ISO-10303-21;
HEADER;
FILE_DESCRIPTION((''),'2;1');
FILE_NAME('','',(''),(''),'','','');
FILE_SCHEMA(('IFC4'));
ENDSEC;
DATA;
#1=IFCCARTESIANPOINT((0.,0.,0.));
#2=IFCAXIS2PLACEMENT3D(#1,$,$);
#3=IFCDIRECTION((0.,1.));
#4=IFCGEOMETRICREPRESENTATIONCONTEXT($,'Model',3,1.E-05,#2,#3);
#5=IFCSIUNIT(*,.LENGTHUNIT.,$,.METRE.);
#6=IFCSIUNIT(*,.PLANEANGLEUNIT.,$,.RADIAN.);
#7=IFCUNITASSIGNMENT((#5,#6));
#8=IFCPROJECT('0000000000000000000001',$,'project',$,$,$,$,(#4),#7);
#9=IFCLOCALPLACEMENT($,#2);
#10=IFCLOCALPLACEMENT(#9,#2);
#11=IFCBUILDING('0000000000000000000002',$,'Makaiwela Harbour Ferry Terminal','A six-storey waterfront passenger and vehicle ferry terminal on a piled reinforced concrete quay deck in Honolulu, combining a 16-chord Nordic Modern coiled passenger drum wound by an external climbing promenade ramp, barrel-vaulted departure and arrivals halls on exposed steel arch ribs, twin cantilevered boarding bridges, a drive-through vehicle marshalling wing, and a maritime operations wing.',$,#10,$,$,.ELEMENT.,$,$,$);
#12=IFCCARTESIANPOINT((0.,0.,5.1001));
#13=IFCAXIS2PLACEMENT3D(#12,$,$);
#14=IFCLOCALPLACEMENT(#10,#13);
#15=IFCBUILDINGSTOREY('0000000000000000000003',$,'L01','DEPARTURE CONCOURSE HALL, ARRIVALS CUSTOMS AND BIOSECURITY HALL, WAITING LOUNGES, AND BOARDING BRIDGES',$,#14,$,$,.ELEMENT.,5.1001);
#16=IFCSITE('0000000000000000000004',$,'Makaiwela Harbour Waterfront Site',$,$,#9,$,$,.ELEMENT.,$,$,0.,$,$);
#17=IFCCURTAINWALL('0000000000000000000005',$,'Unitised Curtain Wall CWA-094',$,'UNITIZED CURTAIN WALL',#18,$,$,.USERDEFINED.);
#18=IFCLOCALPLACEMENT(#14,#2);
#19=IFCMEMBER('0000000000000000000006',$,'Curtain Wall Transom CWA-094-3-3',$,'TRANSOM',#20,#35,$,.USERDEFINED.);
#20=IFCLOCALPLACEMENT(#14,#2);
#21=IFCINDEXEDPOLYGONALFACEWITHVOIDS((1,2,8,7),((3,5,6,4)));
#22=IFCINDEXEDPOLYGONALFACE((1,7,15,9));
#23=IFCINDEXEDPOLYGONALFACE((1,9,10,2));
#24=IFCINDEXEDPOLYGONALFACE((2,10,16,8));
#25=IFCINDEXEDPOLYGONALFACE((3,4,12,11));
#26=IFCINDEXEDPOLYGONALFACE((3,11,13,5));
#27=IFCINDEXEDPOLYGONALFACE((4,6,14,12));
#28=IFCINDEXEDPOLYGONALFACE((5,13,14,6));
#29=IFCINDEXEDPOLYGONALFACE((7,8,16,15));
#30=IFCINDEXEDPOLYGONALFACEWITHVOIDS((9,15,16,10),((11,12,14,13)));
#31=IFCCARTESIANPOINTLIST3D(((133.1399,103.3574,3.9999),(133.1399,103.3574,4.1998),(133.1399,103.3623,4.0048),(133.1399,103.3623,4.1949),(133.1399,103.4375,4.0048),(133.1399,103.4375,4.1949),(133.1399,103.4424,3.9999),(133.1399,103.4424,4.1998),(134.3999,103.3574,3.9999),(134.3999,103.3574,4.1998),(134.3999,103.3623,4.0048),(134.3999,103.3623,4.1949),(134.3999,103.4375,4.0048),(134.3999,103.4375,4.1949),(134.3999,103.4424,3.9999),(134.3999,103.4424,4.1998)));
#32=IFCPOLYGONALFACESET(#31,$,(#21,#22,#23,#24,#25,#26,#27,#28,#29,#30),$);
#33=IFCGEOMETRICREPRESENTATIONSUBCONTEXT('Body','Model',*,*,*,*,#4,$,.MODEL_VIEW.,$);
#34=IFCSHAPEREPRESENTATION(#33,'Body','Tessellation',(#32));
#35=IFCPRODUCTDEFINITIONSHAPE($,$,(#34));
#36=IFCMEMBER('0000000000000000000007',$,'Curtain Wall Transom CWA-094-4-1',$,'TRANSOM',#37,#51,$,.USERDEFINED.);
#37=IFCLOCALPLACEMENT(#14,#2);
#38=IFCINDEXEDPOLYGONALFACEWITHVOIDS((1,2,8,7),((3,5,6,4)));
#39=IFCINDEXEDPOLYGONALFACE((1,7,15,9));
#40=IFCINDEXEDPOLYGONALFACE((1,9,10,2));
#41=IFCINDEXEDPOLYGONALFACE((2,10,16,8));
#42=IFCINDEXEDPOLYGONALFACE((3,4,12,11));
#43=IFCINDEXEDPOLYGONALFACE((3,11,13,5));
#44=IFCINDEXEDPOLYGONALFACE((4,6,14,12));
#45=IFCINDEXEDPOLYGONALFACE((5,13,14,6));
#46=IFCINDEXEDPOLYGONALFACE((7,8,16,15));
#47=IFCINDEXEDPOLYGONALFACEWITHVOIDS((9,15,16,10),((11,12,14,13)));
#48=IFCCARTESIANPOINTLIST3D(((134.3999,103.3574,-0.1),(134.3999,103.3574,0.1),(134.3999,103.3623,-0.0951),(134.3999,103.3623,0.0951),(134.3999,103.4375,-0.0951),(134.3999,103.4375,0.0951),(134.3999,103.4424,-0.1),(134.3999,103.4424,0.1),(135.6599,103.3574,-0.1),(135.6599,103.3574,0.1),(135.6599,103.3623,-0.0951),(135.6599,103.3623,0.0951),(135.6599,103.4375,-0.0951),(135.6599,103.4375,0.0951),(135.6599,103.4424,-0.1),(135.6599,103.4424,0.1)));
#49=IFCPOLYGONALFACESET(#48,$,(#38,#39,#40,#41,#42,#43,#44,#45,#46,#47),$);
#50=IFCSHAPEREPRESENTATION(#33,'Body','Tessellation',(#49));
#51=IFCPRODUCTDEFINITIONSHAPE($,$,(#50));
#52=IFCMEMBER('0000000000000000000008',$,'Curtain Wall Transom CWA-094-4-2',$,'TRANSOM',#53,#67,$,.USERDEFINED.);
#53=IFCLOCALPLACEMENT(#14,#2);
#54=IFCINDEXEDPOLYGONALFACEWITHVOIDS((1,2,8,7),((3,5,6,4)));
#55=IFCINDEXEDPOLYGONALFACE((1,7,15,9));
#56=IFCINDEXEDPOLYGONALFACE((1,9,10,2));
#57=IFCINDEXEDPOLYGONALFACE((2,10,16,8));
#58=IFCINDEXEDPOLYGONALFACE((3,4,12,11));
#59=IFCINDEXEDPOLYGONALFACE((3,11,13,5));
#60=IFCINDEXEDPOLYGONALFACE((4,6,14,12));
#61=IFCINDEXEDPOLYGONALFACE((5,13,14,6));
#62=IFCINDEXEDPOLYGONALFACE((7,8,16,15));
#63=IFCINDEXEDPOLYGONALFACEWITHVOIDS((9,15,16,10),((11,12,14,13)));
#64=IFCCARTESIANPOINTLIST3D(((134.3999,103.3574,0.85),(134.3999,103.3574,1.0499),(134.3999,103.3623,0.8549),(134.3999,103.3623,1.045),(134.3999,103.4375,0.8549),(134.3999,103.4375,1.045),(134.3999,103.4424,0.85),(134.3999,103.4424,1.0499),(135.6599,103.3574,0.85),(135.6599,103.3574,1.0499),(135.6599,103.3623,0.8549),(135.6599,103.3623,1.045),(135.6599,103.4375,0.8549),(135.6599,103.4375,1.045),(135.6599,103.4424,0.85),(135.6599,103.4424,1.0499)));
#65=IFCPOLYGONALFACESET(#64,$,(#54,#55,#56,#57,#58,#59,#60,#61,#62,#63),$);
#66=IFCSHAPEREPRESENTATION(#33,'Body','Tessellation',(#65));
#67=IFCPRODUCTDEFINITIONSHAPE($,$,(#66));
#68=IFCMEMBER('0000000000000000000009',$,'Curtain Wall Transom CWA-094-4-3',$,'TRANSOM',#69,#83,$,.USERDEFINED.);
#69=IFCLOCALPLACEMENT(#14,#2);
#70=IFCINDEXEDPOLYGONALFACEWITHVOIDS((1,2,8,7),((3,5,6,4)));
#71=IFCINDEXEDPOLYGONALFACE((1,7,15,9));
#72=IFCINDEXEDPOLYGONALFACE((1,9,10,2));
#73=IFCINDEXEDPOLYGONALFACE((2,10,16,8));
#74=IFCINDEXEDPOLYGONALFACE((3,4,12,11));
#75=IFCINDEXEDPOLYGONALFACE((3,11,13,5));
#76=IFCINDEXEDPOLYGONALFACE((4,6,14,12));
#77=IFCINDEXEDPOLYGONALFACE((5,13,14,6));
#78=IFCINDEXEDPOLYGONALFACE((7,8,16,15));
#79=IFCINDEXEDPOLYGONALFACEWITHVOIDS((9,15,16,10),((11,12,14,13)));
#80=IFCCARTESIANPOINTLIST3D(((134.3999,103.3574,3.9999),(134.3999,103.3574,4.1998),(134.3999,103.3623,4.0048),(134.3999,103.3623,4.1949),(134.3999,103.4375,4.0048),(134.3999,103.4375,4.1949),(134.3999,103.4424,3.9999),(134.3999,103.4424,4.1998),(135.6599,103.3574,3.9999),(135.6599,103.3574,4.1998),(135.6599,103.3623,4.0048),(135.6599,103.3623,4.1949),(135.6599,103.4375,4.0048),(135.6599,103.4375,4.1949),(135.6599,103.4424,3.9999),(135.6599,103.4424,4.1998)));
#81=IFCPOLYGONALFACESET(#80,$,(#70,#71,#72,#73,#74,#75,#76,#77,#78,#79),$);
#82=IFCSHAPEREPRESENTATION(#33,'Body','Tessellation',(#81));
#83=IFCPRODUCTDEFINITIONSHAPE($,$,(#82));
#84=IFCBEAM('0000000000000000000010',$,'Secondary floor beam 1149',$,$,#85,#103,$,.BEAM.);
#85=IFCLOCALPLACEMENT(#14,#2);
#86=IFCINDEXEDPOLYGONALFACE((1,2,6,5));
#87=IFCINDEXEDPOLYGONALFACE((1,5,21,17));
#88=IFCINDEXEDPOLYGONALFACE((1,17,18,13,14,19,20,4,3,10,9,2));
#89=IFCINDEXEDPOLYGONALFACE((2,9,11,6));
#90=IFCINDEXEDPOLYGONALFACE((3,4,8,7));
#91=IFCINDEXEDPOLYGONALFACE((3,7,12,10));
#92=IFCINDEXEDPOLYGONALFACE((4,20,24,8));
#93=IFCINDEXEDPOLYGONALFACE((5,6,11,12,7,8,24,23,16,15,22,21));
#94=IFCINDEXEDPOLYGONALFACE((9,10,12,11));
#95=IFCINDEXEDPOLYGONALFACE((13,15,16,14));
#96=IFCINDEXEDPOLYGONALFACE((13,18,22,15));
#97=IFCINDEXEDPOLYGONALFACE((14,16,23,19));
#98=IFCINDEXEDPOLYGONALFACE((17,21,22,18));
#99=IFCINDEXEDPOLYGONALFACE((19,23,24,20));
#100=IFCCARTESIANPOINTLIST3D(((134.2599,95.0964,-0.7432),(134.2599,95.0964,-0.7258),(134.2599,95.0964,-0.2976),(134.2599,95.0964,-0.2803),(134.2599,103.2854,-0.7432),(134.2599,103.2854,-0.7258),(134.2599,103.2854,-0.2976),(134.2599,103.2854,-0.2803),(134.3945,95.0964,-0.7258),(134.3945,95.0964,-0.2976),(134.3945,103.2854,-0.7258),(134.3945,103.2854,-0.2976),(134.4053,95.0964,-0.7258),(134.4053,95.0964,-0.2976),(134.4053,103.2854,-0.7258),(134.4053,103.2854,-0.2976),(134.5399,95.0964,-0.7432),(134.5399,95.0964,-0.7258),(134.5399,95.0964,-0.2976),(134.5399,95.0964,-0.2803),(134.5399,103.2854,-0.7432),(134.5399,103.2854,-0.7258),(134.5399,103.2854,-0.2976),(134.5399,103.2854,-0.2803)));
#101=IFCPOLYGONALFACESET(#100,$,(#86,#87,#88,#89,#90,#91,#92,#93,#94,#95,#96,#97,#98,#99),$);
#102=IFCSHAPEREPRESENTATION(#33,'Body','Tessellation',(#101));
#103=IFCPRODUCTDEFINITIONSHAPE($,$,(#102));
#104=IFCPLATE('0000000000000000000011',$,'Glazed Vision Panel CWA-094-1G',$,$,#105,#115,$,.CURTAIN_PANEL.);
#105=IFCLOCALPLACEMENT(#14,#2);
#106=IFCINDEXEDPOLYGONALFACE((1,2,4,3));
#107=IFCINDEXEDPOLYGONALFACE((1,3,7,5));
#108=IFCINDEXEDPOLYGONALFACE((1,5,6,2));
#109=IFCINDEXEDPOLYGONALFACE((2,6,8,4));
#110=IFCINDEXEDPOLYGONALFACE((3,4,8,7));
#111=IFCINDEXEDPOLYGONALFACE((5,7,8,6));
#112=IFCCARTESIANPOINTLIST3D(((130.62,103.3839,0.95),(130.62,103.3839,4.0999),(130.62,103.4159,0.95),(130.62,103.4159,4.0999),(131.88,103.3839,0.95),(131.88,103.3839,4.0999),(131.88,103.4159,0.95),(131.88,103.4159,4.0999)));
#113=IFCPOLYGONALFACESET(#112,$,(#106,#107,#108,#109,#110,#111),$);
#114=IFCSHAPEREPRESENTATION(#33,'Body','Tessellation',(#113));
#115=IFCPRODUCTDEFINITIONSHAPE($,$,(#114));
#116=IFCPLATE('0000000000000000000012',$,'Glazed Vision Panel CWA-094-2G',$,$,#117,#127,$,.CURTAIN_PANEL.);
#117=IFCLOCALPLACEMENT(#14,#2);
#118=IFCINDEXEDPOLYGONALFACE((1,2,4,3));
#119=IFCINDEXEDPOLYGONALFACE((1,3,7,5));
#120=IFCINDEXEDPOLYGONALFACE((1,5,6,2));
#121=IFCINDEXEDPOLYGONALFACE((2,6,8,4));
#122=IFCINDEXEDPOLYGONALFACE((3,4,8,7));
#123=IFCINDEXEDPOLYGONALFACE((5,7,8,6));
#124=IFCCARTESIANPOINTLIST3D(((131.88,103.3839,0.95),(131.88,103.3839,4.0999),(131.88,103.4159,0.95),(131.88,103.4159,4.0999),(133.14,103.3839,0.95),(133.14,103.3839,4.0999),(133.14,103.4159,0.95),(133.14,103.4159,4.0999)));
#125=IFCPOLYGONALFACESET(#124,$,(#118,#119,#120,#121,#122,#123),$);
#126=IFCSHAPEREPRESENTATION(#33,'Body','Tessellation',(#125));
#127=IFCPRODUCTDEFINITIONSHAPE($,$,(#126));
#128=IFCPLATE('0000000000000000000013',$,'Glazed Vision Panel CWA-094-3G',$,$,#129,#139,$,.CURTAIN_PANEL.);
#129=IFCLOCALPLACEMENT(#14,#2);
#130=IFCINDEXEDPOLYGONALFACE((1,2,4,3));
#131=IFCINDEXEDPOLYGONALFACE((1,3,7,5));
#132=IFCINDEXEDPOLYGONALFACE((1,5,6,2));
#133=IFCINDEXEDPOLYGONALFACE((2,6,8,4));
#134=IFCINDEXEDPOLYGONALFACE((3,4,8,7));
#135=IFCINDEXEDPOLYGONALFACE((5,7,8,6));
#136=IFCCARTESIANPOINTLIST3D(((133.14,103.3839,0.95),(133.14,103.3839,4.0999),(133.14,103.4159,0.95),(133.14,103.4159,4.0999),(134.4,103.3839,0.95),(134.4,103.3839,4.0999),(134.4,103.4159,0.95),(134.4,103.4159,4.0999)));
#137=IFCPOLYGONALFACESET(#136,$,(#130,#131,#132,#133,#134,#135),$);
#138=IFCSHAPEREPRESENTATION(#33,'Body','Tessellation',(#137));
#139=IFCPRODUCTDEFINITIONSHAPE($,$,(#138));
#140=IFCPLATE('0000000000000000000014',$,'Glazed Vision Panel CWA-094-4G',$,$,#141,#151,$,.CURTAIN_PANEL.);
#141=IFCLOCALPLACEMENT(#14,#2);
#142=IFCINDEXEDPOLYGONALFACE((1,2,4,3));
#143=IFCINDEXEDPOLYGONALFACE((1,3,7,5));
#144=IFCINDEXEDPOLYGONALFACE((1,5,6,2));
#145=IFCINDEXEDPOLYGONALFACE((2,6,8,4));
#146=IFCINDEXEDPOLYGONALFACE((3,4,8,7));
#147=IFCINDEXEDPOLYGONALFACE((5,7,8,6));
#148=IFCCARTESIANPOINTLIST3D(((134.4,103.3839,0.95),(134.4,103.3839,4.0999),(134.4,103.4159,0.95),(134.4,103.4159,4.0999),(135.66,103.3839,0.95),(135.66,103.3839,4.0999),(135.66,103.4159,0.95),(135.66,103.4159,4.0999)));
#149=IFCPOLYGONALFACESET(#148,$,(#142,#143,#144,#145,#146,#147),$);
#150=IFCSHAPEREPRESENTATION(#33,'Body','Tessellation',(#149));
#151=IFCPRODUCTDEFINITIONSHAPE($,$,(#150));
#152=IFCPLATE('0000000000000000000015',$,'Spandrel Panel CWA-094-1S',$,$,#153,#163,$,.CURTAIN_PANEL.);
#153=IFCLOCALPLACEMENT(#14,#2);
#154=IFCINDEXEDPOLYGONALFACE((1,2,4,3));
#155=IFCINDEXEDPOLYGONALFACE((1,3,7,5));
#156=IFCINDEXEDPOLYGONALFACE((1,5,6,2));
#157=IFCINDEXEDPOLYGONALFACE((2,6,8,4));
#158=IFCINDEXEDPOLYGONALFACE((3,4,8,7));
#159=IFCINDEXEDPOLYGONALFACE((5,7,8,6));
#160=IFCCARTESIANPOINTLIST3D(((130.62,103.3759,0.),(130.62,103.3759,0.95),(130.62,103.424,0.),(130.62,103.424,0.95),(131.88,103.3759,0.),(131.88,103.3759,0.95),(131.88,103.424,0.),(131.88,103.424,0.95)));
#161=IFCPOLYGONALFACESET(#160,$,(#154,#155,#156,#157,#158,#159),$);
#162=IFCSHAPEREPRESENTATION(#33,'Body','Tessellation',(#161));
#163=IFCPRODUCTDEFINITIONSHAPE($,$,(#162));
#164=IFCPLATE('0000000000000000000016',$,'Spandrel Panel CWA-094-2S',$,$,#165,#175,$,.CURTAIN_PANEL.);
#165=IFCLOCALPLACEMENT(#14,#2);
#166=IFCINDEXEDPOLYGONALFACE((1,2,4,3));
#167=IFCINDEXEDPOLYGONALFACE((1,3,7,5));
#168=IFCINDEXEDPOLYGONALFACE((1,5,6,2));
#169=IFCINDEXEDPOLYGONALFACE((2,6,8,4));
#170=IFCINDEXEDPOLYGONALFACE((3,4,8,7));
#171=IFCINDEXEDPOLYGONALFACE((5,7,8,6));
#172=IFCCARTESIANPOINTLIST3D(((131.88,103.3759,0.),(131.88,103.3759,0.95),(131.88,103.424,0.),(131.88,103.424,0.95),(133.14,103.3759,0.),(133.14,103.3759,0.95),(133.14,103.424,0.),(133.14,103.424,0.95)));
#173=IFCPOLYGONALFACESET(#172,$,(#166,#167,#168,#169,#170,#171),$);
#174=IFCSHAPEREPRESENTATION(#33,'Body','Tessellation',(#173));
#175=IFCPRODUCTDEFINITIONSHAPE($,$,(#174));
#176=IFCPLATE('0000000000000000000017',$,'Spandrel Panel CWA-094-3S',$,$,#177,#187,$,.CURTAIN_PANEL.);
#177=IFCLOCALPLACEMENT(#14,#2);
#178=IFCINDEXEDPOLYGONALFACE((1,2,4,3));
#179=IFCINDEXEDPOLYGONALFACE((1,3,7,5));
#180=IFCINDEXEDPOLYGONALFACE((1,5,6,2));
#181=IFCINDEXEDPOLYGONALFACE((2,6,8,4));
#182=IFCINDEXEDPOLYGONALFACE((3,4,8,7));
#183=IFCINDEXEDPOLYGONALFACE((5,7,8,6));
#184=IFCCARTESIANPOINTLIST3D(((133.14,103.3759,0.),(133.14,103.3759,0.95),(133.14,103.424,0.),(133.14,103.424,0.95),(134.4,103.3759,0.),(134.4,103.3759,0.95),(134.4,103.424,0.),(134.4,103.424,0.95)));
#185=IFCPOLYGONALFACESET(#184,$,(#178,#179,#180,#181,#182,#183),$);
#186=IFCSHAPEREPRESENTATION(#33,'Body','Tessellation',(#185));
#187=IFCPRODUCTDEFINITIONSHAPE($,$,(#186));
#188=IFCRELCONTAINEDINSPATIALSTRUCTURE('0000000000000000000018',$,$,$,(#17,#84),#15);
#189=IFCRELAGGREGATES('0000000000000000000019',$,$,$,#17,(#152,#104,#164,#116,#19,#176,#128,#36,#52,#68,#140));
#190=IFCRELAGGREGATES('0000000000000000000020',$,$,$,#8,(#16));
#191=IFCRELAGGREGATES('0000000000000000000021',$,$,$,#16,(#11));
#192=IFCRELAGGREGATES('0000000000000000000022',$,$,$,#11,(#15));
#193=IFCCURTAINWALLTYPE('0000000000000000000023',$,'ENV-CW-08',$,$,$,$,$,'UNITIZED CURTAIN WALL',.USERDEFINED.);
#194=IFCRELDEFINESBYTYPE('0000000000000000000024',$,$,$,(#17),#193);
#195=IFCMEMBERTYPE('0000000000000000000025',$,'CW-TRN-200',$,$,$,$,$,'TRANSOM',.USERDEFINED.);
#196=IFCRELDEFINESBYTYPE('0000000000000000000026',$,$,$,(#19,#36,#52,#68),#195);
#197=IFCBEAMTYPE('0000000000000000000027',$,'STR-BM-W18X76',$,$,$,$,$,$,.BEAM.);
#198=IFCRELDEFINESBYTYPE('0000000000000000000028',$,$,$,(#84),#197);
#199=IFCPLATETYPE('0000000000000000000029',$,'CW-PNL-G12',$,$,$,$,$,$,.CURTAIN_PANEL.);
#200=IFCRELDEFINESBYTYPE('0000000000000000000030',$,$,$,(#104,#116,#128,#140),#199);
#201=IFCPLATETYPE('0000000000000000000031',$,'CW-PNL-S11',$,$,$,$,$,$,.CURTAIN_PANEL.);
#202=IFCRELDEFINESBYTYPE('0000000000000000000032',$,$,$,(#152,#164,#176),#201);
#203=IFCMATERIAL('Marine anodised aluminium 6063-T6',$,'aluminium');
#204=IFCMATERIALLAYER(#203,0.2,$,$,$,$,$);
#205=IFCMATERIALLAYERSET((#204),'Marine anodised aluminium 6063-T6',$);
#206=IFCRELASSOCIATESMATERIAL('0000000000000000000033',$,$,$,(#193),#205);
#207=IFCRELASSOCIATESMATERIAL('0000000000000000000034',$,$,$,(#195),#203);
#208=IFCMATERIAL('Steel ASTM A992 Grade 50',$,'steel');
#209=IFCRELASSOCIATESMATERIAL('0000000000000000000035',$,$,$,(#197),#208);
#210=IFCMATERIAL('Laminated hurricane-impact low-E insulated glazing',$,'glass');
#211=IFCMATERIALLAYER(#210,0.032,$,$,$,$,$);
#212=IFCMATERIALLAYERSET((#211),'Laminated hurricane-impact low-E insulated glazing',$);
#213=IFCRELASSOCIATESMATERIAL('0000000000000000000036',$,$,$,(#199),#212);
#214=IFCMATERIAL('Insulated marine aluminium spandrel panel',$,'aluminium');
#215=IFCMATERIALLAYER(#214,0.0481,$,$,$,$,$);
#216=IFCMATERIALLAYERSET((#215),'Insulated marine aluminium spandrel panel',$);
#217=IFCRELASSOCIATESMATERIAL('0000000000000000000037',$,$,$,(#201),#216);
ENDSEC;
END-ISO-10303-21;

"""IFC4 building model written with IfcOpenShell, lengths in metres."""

from ifc_helpers import new_model, si_unit, direction, frame, origin, origin_2d, place, context, subcontext, project, spatial, rectangle, hollow_rectangle, i_section, extrude, material, layer, layer_set, material_profile, profile_set, type_object, element, aggregate, save


model = new_model("IFC4")

# Units and contexts
model_context = context("Model", 3, precision=1e-05, world=origin(), true_north=direction((0.0, 1.0)))
body_context = subcontext(model_context, "Body", "Model", "MODEL_VIEW")
ifc_project = project(units=[si_unit("LENGTHUNIT", "METRE"), si_unit("PLANEANGLEUNIT", "RADIAN")], contexts=[model_context])

# Site, building, storey
site_placement = place(None, origin())
site = spatial("IfcSite", under=ifc_project, at=site_placement, Name="Makaiwela Harbour Waterfront Site", CompositionType="ELEMENT", RefElevation=0.0)
building_placement = place(site_placement, origin())
building = spatial("IfcBuilding", under=site, at=building_placement, Name="Makaiwela Harbour Ferry Terminal", Description="A six-storey waterfront passenger and vehicle ferry terminal on a piled reinforced concrete quay deck in Honolulu, combining a 16-chord Nordic Modern coiled passenger drum wound by an external climbing promenade ramp, barrel-vaulted departure and arrivals halls on exposed steel arch ribs, twin cantilevered boarding bridges, a drive-through vehicle marshalling wing, and a maritime operations wing.", CompositionType="ELEMENT")
storey_placement = place(building_placement, frame((0.0, 0.0, 5.1001)))
storey = spatial("IfcBuildingStorey", under=building, at=storey_placement, Name="L01", Description="DEPARTURE CONCOURSE HALL, ARRIVALS CUSTOMS AND BIOSECURITY HALL, WAITING LOUNGES, AND BOARDING BRIDGES", CompositionType="ELEMENT", Elevation=5.1001)

# Curtain wall, members
ifc_material_1 = material(Name="Marine anodised aluminium 6063-T6", Category="aluminium")
ifc_layer_1 = layer(ifc_material_1, 0.2)
ifc_layer_set_1 = layer_set([ifc_layer_1], Name="Marine anodised aluminium 6063-T6")
curtain_wall_type = type_object("IfcCurtainWallType", Name="ENV-CW-08", ElementType="UNITIZED CURTAIN WALL", PredefinedType="USERDEFINED", material=ifc_layer_set_1)
curtain_wall_placement = place(storey_placement, origin())
curtain_wall = element("IfcCurtainWall", 1, at=curtain_wall_placement, inside=storey, type_object=curtain_wall_type, Name="Unitised Curtain Wall CWA-094", ObjectType="UNITIZED CURTAIN WALL", PredefinedType="USERDEFINED")
ifc_material_profile_1 = material_profile(ifc_material_1, hollow_rectangle(XDim=0.085, YDim=0.2, WallThickness=0.0049, at=origin_2d()), Name="CWT-200X85")
ifc_profile_set_1 = profile_set([ifc_material_profile_1], Name="Marine anodised aluminium 6063-T6")
member_type_1 = type_object("IfcMemberType", Name="CW-TRN-200", ElementType="TRANSOM", PredefinedType="USERDEFINED", material=ifc_profile_set_1)
member_1_placement = place(storey_placement, frame((133.1399, 103.3999, 4.0999), z_axis=(1.0, 0.0, 0.0), x_axis=(0.0, 1.0, 0.0)))
member_1 = element("IfcMember", 2, at=member_1_placement, type_object=member_type_1, Name="Curtain Wall Transom CWA-094-3-3", ObjectType="TRANSOM", PredefinedType="USERDEFINED", context=body_context, shape_type="SweptSolid", body=[
    extrude(hollow_rectangle(XDim=0.085, YDim=0.2, WallThickness=0.0049, at=origin_2d()), origin(), (0.0, 0.0, 1.0), 1.26),
])
member_2_placement = place(storey_placement, frame((134.3999, 103.3999, 0.0), z_axis=(1.0, 0.0, 0.0), x_axis=(0.0, 1.0, 0.0)))
member_2 = element("IfcMember", 3, at=member_2_placement, type_object=member_type_1, Name="Curtain Wall Transom CWA-094-4-1", ObjectType="TRANSOM", PredefinedType="USERDEFINED", context=body_context, shape_type="SweptSolid", body=[
    extrude(hollow_rectangle(XDim=0.085, YDim=0.2, WallThickness=0.0049, at=origin_2d()), origin(), (0.0, 0.0, 1.0), 1.26),
])
member_3_placement = place(storey_placement, frame((134.3999, 103.3999, 0.95), z_axis=(1.0, 0.0, 0.0), x_axis=(0.0, 1.0, 0.0)))
member_3 = element("IfcMember", 4, at=member_3_placement, type_object=member_type_1, Name="Curtain Wall Transom CWA-094-4-2", ObjectType="TRANSOM", PredefinedType="USERDEFINED", context=body_context, shape_type="SweptSolid", body=[
    extrude(hollow_rectangle(XDim=0.085, YDim=0.2, WallThickness=0.0049, at=origin_2d()), origin(), (0.0, 0.0, 1.0), 1.26),
])
member_4_placement = place(storey_placement, frame((134.3999, 103.3999, 4.0999), z_axis=(1.0, 0.0, 0.0), x_axis=(0.0, 1.0, 0.0)))
member_4 = element("IfcMember", 5, at=member_4_placement, type_object=member_type_1, Name="Curtain Wall Transom CWA-094-4-3", ObjectType="TRANSOM", PredefinedType="USERDEFINED", context=body_context, shape_type="SweptSolid", body=[
    extrude(hollow_rectangle(XDim=0.085, YDim=0.2, WallThickness=0.0049, at=origin_2d()), origin(), (0.0, 0.0, 1.0), 1.26),
])

# Beam
ifc_material_2 = material(Name="Steel ASTM A992 Grade 50", Category="steel")
ifc_material_profile_2 = material_profile(ifc_material_2, i_section(OverallWidth=0.28, OverallDepth=0.4629, WebThickness=0.0107, FlangeThickness=0.0173, at=origin_2d()), Name="W18X76")
ifc_profile_set_2 = profile_set([ifc_material_profile_2], Name="Steel ASTM A992 Grade 50")
beam_type = type_object("IfcBeamType", Name="STR-BM-W18X76", PredefinedType="BEAM", material=ifc_profile_set_2)
beam_placement = place(storey_placement, frame((134.3999, 95.0964, -0.5117), z_axis=(0.0, 1.0, 0.0), x_axis=(-1.0, 0.0, 0.0)))
element("IfcBeam", 6, at=beam_placement, inside=storey, type_object=beam_type, Name="Secondary floor beam 1149", PredefinedType="BEAM", context=body_context, shape_type="SweptSolid", body=[
    extrude(i_section(OverallWidth=0.28, OverallDepth=0.4629, WebThickness=0.0107, FlangeThickness=0.0173, at=origin_2d()), origin(), (0.0, 0.0, 1.0), 8.189),
])

# Plates
ifc_material_3 = material(Name="Laminated hurricane-impact low-E insulated glazing", Category="glass")
ifc_layer_2 = layer(ifc_material_3, 0.032)
ifc_layer_set_2 = layer_set([ifc_layer_2], Name="Laminated hurricane-impact low-E insulated glazing")
plate_type_1 = type_object("IfcPlateType", Name="CW-PNL-G12", PredefinedType="CURTAIN_PANEL", material=ifc_layer_set_2)
plate_1_placement = place(storey_placement, frame((131.25, 103.3999, 0.95), z_axis=(0.0, 0.0, 1.0), x_axis=(1.0, 0.0, 0.0)))
plate_1 = element("IfcPlate", 7, at=plate_1_placement, type_object=plate_type_1, Name="Glazed Vision Panel CWA-094-1G", PredefinedType="CURTAIN_PANEL", context=body_context, shape_type="SweptSolid", body=[
    extrude(rectangle(XDim=1.26, YDim=0.032, at=origin_2d()), origin(), (0.0, 0.0, 1.0), 3.1499),
])
plate_2_placement = place(storey_placement, frame((132.51, 103.3999, 0.95), z_axis=(0.0, 0.0, 1.0), x_axis=(1.0, 0.0, 0.0)))
plate_2 = element("IfcPlate", 8, at=plate_2_placement, type_object=plate_type_1, Name="Glazed Vision Panel CWA-094-2G", PredefinedType="CURTAIN_PANEL", context=body_context, shape_type="SweptSolid", body=[
    extrude(rectangle(XDim=1.26, YDim=0.032, at=origin_2d()), origin(), (0.0, 0.0, 1.0), 3.1499),
])
plate_3_placement = place(storey_placement, frame((133.77, 103.3999, 0.95), z_axis=(0.0, 0.0, 1.0), x_axis=(1.0, 0.0, 0.0)))
plate_3 = element("IfcPlate", 9, at=plate_3_placement, type_object=plate_type_1, Name="Glazed Vision Panel CWA-094-3G", PredefinedType="CURTAIN_PANEL", context=body_context, shape_type="SweptSolid", body=[
    extrude(rectangle(XDim=1.26, YDim=0.032, at=origin_2d()), origin(), (0.0, 0.0, 1.0), 3.1499),
])
plate_4_placement = place(storey_placement, frame((135.03, 103.3999, 0.95), z_axis=(0.0, 0.0, 1.0), x_axis=(1.0, 0.0, 0.0)))
plate_4 = element("IfcPlate", 10, at=plate_4_placement, type_object=plate_type_1, Name="Glazed Vision Panel CWA-094-4G", PredefinedType="CURTAIN_PANEL", context=body_context, shape_type="SweptSolid", body=[
    extrude(rectangle(XDim=1.26, YDim=0.032, at=origin_2d()), origin(), (0.0, 0.0, 1.0), 3.1499),
])
ifc_material_4 = material(Name="Insulated marine aluminium spandrel panel", Category="aluminium")
ifc_layer_3 = layer(ifc_material_4, 0.0481)
ifc_layer_set_3 = layer_set([ifc_layer_3], Name="Insulated marine aluminium spandrel panel")
plate_type_2 = type_object("IfcPlateType", Name="CW-PNL-S11", PredefinedType="CURTAIN_PANEL", material=ifc_layer_set_3)
plate_5_placement = place(storey_placement, frame((131.25, 103.3999, 0.0), z_axis=(0.0, 0.0, 1.0), x_axis=(1.0, 0.0, 0.0)))
plate_5 = element("IfcPlate", 11, at=plate_5_placement, type_object=plate_type_2, Name="Spandrel Panel CWA-094-1S", PredefinedType="CURTAIN_PANEL", context=body_context, shape_type="SweptSolid", body=[
    extrude(rectangle(XDim=1.26, YDim=0.0481, at=origin_2d()), origin(), (0.0, 0.0, 1.0), 0.95),
])
plate_6_placement = place(storey_placement, frame((132.51, 103.3999, 0.0), z_axis=(0.0, 0.0, 1.0), x_axis=(1.0, 0.0, 0.0)))
plate_6 = element("IfcPlate", 12, at=plate_6_placement, type_object=plate_type_2, Name="Spandrel Panel CWA-094-2S", PredefinedType="CURTAIN_PANEL", context=body_context, shape_type="SweptSolid", body=[
    extrude(rectangle(XDim=1.26, YDim=0.0481, at=origin_2d()), origin(), (0.0, 0.0, 1.0), 0.95),
])
plate_7_placement = place(storey_placement, frame((133.77, 103.3999, 0.0), z_axis=(0.0, 0.0, 1.0), x_axis=(1.0, 0.0, 0.0)))
plate_7 = element("IfcPlate", 13, at=plate_7_placement, type_object=plate_type_2, Name="Spandrel Panel CWA-094-3S", PredefinedType="CURTAIN_PANEL", context=body_context, shape_type="SweptSolid", body=[
    extrude(rectangle(XDim=1.26, YDim=0.0481, at=origin_2d()), origin(), (0.0, 0.0, 1.0), 0.95),
])
aggregate(curtain_wall, [plate_5, plate_1, plate_6, plate_2, member_1, plate_7, plate_3, member_2, member_3, member_4, plate_4])

save(model, "model.ifc")
